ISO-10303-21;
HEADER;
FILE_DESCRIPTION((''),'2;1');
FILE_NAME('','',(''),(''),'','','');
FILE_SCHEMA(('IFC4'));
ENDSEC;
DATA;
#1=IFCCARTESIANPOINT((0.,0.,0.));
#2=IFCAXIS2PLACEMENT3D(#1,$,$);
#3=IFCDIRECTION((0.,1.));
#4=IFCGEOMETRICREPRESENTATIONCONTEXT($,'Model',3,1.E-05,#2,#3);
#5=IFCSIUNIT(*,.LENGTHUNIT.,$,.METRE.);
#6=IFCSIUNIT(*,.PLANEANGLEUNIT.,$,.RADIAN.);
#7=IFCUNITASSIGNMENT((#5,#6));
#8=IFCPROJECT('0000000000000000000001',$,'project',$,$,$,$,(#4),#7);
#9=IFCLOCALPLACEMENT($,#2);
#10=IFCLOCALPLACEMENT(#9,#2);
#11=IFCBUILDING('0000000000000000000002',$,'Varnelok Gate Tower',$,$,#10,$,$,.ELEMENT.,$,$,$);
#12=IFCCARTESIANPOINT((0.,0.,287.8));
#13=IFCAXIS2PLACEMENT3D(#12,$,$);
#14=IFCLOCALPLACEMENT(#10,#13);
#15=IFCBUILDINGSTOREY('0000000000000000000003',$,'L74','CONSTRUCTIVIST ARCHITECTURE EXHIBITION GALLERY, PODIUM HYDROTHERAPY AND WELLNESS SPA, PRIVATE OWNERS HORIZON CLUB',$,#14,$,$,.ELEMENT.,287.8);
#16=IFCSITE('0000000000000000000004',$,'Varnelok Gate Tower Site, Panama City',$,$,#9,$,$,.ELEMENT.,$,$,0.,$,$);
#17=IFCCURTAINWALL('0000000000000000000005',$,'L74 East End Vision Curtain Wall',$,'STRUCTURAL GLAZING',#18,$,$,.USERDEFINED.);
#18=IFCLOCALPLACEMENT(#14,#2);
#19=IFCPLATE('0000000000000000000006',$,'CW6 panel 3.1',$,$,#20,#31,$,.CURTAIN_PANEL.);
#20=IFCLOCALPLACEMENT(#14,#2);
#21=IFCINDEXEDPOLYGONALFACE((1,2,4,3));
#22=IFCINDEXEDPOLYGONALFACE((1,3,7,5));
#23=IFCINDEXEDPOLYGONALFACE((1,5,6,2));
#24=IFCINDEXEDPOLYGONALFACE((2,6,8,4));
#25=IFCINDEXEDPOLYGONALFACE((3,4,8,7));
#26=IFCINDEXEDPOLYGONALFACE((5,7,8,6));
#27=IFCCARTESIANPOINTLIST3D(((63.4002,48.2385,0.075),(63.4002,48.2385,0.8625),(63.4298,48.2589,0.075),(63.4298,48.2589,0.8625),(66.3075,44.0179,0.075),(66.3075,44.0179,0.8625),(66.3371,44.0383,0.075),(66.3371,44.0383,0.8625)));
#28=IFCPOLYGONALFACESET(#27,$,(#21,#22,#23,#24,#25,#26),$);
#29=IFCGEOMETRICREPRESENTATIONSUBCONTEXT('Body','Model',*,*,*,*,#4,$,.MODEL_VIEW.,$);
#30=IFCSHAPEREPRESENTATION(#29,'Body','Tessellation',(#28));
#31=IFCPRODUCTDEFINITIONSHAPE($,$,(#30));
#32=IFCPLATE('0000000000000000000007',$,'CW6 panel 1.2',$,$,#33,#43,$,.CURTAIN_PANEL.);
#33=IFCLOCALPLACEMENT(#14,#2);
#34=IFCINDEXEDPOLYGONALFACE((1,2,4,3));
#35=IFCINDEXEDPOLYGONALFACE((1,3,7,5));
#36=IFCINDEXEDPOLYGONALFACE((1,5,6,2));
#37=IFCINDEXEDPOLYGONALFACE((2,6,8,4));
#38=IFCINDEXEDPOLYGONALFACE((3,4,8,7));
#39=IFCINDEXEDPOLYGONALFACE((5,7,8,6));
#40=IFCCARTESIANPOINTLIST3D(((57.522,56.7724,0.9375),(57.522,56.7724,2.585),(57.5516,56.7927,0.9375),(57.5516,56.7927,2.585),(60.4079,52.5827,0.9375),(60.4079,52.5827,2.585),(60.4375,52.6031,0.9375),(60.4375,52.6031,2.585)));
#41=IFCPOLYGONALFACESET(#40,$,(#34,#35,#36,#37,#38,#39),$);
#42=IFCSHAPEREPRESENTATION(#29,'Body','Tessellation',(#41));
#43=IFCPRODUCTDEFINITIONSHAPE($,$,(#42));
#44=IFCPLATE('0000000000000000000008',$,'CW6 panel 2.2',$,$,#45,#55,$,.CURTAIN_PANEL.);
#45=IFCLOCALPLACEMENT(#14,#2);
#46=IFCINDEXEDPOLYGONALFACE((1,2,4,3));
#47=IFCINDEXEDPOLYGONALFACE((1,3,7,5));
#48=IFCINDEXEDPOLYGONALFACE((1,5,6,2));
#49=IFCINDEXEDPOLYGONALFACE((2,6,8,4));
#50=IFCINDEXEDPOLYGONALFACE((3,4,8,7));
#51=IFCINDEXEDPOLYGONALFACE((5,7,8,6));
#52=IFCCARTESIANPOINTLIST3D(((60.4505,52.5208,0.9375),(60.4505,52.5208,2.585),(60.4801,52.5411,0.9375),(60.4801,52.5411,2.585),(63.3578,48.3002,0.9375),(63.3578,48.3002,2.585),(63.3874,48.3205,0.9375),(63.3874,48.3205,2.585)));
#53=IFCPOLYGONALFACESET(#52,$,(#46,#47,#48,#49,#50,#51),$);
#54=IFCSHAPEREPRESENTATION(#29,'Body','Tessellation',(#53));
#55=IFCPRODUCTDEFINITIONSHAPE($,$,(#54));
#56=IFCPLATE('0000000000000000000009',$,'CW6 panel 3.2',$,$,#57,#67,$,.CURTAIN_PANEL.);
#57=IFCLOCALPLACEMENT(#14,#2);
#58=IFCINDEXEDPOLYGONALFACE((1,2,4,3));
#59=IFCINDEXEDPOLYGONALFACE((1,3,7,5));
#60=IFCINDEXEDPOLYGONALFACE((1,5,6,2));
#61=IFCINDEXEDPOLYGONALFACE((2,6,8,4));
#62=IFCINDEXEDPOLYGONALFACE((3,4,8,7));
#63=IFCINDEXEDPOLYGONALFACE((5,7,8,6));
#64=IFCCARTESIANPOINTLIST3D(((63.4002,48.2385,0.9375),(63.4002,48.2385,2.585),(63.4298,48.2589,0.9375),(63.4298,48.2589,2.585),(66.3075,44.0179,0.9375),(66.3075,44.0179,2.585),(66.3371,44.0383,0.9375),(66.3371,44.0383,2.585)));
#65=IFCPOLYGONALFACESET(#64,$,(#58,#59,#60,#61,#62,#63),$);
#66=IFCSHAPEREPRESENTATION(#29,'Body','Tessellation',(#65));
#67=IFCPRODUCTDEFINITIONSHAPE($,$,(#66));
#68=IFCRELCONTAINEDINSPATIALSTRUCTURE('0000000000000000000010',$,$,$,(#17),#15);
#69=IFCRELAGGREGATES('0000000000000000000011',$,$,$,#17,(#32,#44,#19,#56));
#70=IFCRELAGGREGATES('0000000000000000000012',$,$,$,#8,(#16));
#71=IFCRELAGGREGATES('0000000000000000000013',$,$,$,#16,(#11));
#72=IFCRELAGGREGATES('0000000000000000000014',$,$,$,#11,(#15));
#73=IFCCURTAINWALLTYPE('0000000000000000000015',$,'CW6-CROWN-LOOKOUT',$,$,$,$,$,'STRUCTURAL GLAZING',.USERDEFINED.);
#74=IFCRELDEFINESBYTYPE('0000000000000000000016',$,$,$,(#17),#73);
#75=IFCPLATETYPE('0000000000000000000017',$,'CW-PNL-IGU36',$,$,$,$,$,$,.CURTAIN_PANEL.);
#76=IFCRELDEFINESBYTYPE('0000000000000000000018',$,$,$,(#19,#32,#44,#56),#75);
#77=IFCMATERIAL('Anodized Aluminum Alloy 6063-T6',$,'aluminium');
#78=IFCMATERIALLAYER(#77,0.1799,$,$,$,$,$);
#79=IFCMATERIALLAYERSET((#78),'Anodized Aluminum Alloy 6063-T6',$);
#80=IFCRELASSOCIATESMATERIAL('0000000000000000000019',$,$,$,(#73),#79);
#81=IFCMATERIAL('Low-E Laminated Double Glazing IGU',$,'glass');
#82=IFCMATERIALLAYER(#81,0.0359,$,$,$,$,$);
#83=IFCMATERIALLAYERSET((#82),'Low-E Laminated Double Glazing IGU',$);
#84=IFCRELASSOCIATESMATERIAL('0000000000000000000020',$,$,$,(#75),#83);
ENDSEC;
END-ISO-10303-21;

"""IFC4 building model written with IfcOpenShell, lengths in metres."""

from ifc_helpers import new_model, si_unit, direction, frame, origin, origin_2d, place, context, subcontext, project, spatial, rectangle, extrude, source, transform, mapped, material, layer, layer_set, type_object, element, aggregate, save


model = new_model("IFC4")

# Units and contexts
model_context = context("Model", 3, precision=1e-05, world=origin(), true_north=direction((0.0, 1.0)))
body_context = subcontext(model_context, "Body", "Model", "MODEL_VIEW")
ifc_project = project(units=[si_unit("LENGTHUNIT", "METRE"), si_unit("PLANEANGLEUNIT", "RADIAN")], contexts=[model_context])

# Site, building, storey
site_placement = place(None, origin())
site = spatial("IfcSite", under=ifc_project, at=site_placement, Name="Varnelok Gate Tower Site, Panama City", CompositionType="ELEMENT", RefElevation=0.0)
building_placement = place(site_placement, origin())
building = spatial("IfcBuilding", under=site, at=building_placement, Name="Varnelok Gate Tower", CompositionType="ELEMENT")
storey_placement = place(building_placement, frame((0.0, 0.0, 287.8)))
storey = spatial("IfcBuildingStorey", under=building, at=storey_placement, Name="L74", Description="CONSTRUCTIVIST ARCHITECTURE EXHIBITION GALLERY, PODIUM HYDROTHERAPY AND WELLNESS SPA, PRIVATE OWNERS HORIZON CLUB", CompositionType="ELEMENT", Elevation=287.8)

# Curtain wall, plates
ifc_material_1 = material(Name="Anodized Aluminum Alloy 6063-T6", Category="aluminium")
ifc_layer_1 = layer(ifc_material_1, 0.1799)
ifc_layer_set_1 = layer_set([ifc_layer_1], Name="Anodized Aluminum Alloy 6063-T6")
curtain_wall_type = type_object("IfcCurtainWallType", Name="CW6-CROWN-LOOKOUT", ElementType="STRUCTURAL GLAZING", PredefinedType="USERDEFINED", material=ifc_layer_set_1)
curtain_wall_placement = place(storey_placement, origin())
curtain_wall = element("IfcCurtainWall", 1, at=curtain_wall_placement, inside=storey, type_object=curtain_wall_type, Name="L74 East End Vision Curtain Wall", ObjectType="STRUCTURAL GLAZING", PredefinedType="USERDEFINED")
ifc_material_2 = material(Name="Low-E Laminated Double Glazing IGU", Category="glass")
ifc_layer_2 = layer(ifc_material_2, 0.0359)
ifc_layer_set_2 = layer_set([ifc_layer_2], Name="Low-E Laminated Double Glazing IGU")
plate_type = type_object("IfcPlateType", Name="CW-PNL-IGU36", PredefinedType="CURTAIN_PANEL", material=ifc_layer_set_2)
shared_shape_1 = source(origin(), body_context, "Body", "SweptSolid", [
    extrude(rectangle(XDim=5.125, YDim=0.0359, at=origin_2d()), origin(), (0.0, 0.0, 1.0), 0.7876),
])
plate_1_placement = place(storey_placement, frame((64.8687, 46.1384, 0.075), z_axis=(0.0, 0.0, 1.0), x_axis=(0.567269, -0.823532, 0.0)))
plate_1 = element("IfcPlate", 2, at=plate_1_placement, type_object=plate_type, Name="CW6 panel 3.1", PredefinedType="CURTAIN_PANEL", context=body_context, shape_type="MappedRepresentation", body=[
    mapped(shared_shape_1, transform((0.0, 0.0, 0.0), scale=1.0)),
])
shared_shape_2 = source(origin(), body_context, "Body", "SweptSolid", [
    extrude(rectangle(XDim=5.0874, YDim=0.0359, at=origin_2d()), origin(), (0.0, 0.0, 1.0), 1.6475),
])
plate_2_placement = place(storey_placement, frame((58.9797, 54.6877, 0.9375), z_axis=(0.0, 0.0, 1.0), x_axis=(0.567269, -0.823532, 0.0)))
plate_2 = element("IfcPlate", 3, at=plate_2_placement, type_object=plate_type, Name="CW6 panel 1.2", PredefinedType="CURTAIN_PANEL", context=body_context, shape_type="MappedRepresentation", body=[
    mapped(shared_shape_2, transform((0.0, 0.0, 0.0), scale=1.0)),
])
shared_shape_3 = source(origin(), body_context, "Body", "SweptSolid", [
    extrude(rectangle(XDim=5.125, YDim=0.0359, at=origin_2d()), origin(), (0.0, 0.0, 1.0), 1.6475),
])
plate_3_placement = place(storey_placement, frame((61.9189, 50.4207, 0.9375), z_axis=(0.0, 0.0, 1.0), x_axis=(0.567269, -0.823532, 0.0)))
plate_3 = element("IfcPlate", 4, at=plate_3_placement, type_object=plate_type, Name="CW6 panel 2.2", PredefinedType="CURTAIN_PANEL", context=body_context, shape_type="MappedRepresentation", body=[
    mapped(shared_shape_3, transform((0.0, 0.0, 0.0), scale=1.0)),
])
plate_4_placement = place(storey_placement, frame((64.8687, 46.1384, 0.9375), z_axis=(0.0, 0.0, 1.0), x_axis=(0.567269, -0.823532, 0.0)))
plate_4 = element("IfcPlate", 5, at=plate_4_placement, type_object=plate_type, Name="CW6 panel 3.2", PredefinedType="CURTAIN_PANEL", context=body_context, shape_type="MappedRepresentation", body=[
    mapped(shared_shape_3, transform((0.0, 0.0, 0.0), scale=1.0)),
])
aggregate(curtain_wall, [plate_2, plate_3, plate_1, plate_4])

save(model, "model.ifc")
